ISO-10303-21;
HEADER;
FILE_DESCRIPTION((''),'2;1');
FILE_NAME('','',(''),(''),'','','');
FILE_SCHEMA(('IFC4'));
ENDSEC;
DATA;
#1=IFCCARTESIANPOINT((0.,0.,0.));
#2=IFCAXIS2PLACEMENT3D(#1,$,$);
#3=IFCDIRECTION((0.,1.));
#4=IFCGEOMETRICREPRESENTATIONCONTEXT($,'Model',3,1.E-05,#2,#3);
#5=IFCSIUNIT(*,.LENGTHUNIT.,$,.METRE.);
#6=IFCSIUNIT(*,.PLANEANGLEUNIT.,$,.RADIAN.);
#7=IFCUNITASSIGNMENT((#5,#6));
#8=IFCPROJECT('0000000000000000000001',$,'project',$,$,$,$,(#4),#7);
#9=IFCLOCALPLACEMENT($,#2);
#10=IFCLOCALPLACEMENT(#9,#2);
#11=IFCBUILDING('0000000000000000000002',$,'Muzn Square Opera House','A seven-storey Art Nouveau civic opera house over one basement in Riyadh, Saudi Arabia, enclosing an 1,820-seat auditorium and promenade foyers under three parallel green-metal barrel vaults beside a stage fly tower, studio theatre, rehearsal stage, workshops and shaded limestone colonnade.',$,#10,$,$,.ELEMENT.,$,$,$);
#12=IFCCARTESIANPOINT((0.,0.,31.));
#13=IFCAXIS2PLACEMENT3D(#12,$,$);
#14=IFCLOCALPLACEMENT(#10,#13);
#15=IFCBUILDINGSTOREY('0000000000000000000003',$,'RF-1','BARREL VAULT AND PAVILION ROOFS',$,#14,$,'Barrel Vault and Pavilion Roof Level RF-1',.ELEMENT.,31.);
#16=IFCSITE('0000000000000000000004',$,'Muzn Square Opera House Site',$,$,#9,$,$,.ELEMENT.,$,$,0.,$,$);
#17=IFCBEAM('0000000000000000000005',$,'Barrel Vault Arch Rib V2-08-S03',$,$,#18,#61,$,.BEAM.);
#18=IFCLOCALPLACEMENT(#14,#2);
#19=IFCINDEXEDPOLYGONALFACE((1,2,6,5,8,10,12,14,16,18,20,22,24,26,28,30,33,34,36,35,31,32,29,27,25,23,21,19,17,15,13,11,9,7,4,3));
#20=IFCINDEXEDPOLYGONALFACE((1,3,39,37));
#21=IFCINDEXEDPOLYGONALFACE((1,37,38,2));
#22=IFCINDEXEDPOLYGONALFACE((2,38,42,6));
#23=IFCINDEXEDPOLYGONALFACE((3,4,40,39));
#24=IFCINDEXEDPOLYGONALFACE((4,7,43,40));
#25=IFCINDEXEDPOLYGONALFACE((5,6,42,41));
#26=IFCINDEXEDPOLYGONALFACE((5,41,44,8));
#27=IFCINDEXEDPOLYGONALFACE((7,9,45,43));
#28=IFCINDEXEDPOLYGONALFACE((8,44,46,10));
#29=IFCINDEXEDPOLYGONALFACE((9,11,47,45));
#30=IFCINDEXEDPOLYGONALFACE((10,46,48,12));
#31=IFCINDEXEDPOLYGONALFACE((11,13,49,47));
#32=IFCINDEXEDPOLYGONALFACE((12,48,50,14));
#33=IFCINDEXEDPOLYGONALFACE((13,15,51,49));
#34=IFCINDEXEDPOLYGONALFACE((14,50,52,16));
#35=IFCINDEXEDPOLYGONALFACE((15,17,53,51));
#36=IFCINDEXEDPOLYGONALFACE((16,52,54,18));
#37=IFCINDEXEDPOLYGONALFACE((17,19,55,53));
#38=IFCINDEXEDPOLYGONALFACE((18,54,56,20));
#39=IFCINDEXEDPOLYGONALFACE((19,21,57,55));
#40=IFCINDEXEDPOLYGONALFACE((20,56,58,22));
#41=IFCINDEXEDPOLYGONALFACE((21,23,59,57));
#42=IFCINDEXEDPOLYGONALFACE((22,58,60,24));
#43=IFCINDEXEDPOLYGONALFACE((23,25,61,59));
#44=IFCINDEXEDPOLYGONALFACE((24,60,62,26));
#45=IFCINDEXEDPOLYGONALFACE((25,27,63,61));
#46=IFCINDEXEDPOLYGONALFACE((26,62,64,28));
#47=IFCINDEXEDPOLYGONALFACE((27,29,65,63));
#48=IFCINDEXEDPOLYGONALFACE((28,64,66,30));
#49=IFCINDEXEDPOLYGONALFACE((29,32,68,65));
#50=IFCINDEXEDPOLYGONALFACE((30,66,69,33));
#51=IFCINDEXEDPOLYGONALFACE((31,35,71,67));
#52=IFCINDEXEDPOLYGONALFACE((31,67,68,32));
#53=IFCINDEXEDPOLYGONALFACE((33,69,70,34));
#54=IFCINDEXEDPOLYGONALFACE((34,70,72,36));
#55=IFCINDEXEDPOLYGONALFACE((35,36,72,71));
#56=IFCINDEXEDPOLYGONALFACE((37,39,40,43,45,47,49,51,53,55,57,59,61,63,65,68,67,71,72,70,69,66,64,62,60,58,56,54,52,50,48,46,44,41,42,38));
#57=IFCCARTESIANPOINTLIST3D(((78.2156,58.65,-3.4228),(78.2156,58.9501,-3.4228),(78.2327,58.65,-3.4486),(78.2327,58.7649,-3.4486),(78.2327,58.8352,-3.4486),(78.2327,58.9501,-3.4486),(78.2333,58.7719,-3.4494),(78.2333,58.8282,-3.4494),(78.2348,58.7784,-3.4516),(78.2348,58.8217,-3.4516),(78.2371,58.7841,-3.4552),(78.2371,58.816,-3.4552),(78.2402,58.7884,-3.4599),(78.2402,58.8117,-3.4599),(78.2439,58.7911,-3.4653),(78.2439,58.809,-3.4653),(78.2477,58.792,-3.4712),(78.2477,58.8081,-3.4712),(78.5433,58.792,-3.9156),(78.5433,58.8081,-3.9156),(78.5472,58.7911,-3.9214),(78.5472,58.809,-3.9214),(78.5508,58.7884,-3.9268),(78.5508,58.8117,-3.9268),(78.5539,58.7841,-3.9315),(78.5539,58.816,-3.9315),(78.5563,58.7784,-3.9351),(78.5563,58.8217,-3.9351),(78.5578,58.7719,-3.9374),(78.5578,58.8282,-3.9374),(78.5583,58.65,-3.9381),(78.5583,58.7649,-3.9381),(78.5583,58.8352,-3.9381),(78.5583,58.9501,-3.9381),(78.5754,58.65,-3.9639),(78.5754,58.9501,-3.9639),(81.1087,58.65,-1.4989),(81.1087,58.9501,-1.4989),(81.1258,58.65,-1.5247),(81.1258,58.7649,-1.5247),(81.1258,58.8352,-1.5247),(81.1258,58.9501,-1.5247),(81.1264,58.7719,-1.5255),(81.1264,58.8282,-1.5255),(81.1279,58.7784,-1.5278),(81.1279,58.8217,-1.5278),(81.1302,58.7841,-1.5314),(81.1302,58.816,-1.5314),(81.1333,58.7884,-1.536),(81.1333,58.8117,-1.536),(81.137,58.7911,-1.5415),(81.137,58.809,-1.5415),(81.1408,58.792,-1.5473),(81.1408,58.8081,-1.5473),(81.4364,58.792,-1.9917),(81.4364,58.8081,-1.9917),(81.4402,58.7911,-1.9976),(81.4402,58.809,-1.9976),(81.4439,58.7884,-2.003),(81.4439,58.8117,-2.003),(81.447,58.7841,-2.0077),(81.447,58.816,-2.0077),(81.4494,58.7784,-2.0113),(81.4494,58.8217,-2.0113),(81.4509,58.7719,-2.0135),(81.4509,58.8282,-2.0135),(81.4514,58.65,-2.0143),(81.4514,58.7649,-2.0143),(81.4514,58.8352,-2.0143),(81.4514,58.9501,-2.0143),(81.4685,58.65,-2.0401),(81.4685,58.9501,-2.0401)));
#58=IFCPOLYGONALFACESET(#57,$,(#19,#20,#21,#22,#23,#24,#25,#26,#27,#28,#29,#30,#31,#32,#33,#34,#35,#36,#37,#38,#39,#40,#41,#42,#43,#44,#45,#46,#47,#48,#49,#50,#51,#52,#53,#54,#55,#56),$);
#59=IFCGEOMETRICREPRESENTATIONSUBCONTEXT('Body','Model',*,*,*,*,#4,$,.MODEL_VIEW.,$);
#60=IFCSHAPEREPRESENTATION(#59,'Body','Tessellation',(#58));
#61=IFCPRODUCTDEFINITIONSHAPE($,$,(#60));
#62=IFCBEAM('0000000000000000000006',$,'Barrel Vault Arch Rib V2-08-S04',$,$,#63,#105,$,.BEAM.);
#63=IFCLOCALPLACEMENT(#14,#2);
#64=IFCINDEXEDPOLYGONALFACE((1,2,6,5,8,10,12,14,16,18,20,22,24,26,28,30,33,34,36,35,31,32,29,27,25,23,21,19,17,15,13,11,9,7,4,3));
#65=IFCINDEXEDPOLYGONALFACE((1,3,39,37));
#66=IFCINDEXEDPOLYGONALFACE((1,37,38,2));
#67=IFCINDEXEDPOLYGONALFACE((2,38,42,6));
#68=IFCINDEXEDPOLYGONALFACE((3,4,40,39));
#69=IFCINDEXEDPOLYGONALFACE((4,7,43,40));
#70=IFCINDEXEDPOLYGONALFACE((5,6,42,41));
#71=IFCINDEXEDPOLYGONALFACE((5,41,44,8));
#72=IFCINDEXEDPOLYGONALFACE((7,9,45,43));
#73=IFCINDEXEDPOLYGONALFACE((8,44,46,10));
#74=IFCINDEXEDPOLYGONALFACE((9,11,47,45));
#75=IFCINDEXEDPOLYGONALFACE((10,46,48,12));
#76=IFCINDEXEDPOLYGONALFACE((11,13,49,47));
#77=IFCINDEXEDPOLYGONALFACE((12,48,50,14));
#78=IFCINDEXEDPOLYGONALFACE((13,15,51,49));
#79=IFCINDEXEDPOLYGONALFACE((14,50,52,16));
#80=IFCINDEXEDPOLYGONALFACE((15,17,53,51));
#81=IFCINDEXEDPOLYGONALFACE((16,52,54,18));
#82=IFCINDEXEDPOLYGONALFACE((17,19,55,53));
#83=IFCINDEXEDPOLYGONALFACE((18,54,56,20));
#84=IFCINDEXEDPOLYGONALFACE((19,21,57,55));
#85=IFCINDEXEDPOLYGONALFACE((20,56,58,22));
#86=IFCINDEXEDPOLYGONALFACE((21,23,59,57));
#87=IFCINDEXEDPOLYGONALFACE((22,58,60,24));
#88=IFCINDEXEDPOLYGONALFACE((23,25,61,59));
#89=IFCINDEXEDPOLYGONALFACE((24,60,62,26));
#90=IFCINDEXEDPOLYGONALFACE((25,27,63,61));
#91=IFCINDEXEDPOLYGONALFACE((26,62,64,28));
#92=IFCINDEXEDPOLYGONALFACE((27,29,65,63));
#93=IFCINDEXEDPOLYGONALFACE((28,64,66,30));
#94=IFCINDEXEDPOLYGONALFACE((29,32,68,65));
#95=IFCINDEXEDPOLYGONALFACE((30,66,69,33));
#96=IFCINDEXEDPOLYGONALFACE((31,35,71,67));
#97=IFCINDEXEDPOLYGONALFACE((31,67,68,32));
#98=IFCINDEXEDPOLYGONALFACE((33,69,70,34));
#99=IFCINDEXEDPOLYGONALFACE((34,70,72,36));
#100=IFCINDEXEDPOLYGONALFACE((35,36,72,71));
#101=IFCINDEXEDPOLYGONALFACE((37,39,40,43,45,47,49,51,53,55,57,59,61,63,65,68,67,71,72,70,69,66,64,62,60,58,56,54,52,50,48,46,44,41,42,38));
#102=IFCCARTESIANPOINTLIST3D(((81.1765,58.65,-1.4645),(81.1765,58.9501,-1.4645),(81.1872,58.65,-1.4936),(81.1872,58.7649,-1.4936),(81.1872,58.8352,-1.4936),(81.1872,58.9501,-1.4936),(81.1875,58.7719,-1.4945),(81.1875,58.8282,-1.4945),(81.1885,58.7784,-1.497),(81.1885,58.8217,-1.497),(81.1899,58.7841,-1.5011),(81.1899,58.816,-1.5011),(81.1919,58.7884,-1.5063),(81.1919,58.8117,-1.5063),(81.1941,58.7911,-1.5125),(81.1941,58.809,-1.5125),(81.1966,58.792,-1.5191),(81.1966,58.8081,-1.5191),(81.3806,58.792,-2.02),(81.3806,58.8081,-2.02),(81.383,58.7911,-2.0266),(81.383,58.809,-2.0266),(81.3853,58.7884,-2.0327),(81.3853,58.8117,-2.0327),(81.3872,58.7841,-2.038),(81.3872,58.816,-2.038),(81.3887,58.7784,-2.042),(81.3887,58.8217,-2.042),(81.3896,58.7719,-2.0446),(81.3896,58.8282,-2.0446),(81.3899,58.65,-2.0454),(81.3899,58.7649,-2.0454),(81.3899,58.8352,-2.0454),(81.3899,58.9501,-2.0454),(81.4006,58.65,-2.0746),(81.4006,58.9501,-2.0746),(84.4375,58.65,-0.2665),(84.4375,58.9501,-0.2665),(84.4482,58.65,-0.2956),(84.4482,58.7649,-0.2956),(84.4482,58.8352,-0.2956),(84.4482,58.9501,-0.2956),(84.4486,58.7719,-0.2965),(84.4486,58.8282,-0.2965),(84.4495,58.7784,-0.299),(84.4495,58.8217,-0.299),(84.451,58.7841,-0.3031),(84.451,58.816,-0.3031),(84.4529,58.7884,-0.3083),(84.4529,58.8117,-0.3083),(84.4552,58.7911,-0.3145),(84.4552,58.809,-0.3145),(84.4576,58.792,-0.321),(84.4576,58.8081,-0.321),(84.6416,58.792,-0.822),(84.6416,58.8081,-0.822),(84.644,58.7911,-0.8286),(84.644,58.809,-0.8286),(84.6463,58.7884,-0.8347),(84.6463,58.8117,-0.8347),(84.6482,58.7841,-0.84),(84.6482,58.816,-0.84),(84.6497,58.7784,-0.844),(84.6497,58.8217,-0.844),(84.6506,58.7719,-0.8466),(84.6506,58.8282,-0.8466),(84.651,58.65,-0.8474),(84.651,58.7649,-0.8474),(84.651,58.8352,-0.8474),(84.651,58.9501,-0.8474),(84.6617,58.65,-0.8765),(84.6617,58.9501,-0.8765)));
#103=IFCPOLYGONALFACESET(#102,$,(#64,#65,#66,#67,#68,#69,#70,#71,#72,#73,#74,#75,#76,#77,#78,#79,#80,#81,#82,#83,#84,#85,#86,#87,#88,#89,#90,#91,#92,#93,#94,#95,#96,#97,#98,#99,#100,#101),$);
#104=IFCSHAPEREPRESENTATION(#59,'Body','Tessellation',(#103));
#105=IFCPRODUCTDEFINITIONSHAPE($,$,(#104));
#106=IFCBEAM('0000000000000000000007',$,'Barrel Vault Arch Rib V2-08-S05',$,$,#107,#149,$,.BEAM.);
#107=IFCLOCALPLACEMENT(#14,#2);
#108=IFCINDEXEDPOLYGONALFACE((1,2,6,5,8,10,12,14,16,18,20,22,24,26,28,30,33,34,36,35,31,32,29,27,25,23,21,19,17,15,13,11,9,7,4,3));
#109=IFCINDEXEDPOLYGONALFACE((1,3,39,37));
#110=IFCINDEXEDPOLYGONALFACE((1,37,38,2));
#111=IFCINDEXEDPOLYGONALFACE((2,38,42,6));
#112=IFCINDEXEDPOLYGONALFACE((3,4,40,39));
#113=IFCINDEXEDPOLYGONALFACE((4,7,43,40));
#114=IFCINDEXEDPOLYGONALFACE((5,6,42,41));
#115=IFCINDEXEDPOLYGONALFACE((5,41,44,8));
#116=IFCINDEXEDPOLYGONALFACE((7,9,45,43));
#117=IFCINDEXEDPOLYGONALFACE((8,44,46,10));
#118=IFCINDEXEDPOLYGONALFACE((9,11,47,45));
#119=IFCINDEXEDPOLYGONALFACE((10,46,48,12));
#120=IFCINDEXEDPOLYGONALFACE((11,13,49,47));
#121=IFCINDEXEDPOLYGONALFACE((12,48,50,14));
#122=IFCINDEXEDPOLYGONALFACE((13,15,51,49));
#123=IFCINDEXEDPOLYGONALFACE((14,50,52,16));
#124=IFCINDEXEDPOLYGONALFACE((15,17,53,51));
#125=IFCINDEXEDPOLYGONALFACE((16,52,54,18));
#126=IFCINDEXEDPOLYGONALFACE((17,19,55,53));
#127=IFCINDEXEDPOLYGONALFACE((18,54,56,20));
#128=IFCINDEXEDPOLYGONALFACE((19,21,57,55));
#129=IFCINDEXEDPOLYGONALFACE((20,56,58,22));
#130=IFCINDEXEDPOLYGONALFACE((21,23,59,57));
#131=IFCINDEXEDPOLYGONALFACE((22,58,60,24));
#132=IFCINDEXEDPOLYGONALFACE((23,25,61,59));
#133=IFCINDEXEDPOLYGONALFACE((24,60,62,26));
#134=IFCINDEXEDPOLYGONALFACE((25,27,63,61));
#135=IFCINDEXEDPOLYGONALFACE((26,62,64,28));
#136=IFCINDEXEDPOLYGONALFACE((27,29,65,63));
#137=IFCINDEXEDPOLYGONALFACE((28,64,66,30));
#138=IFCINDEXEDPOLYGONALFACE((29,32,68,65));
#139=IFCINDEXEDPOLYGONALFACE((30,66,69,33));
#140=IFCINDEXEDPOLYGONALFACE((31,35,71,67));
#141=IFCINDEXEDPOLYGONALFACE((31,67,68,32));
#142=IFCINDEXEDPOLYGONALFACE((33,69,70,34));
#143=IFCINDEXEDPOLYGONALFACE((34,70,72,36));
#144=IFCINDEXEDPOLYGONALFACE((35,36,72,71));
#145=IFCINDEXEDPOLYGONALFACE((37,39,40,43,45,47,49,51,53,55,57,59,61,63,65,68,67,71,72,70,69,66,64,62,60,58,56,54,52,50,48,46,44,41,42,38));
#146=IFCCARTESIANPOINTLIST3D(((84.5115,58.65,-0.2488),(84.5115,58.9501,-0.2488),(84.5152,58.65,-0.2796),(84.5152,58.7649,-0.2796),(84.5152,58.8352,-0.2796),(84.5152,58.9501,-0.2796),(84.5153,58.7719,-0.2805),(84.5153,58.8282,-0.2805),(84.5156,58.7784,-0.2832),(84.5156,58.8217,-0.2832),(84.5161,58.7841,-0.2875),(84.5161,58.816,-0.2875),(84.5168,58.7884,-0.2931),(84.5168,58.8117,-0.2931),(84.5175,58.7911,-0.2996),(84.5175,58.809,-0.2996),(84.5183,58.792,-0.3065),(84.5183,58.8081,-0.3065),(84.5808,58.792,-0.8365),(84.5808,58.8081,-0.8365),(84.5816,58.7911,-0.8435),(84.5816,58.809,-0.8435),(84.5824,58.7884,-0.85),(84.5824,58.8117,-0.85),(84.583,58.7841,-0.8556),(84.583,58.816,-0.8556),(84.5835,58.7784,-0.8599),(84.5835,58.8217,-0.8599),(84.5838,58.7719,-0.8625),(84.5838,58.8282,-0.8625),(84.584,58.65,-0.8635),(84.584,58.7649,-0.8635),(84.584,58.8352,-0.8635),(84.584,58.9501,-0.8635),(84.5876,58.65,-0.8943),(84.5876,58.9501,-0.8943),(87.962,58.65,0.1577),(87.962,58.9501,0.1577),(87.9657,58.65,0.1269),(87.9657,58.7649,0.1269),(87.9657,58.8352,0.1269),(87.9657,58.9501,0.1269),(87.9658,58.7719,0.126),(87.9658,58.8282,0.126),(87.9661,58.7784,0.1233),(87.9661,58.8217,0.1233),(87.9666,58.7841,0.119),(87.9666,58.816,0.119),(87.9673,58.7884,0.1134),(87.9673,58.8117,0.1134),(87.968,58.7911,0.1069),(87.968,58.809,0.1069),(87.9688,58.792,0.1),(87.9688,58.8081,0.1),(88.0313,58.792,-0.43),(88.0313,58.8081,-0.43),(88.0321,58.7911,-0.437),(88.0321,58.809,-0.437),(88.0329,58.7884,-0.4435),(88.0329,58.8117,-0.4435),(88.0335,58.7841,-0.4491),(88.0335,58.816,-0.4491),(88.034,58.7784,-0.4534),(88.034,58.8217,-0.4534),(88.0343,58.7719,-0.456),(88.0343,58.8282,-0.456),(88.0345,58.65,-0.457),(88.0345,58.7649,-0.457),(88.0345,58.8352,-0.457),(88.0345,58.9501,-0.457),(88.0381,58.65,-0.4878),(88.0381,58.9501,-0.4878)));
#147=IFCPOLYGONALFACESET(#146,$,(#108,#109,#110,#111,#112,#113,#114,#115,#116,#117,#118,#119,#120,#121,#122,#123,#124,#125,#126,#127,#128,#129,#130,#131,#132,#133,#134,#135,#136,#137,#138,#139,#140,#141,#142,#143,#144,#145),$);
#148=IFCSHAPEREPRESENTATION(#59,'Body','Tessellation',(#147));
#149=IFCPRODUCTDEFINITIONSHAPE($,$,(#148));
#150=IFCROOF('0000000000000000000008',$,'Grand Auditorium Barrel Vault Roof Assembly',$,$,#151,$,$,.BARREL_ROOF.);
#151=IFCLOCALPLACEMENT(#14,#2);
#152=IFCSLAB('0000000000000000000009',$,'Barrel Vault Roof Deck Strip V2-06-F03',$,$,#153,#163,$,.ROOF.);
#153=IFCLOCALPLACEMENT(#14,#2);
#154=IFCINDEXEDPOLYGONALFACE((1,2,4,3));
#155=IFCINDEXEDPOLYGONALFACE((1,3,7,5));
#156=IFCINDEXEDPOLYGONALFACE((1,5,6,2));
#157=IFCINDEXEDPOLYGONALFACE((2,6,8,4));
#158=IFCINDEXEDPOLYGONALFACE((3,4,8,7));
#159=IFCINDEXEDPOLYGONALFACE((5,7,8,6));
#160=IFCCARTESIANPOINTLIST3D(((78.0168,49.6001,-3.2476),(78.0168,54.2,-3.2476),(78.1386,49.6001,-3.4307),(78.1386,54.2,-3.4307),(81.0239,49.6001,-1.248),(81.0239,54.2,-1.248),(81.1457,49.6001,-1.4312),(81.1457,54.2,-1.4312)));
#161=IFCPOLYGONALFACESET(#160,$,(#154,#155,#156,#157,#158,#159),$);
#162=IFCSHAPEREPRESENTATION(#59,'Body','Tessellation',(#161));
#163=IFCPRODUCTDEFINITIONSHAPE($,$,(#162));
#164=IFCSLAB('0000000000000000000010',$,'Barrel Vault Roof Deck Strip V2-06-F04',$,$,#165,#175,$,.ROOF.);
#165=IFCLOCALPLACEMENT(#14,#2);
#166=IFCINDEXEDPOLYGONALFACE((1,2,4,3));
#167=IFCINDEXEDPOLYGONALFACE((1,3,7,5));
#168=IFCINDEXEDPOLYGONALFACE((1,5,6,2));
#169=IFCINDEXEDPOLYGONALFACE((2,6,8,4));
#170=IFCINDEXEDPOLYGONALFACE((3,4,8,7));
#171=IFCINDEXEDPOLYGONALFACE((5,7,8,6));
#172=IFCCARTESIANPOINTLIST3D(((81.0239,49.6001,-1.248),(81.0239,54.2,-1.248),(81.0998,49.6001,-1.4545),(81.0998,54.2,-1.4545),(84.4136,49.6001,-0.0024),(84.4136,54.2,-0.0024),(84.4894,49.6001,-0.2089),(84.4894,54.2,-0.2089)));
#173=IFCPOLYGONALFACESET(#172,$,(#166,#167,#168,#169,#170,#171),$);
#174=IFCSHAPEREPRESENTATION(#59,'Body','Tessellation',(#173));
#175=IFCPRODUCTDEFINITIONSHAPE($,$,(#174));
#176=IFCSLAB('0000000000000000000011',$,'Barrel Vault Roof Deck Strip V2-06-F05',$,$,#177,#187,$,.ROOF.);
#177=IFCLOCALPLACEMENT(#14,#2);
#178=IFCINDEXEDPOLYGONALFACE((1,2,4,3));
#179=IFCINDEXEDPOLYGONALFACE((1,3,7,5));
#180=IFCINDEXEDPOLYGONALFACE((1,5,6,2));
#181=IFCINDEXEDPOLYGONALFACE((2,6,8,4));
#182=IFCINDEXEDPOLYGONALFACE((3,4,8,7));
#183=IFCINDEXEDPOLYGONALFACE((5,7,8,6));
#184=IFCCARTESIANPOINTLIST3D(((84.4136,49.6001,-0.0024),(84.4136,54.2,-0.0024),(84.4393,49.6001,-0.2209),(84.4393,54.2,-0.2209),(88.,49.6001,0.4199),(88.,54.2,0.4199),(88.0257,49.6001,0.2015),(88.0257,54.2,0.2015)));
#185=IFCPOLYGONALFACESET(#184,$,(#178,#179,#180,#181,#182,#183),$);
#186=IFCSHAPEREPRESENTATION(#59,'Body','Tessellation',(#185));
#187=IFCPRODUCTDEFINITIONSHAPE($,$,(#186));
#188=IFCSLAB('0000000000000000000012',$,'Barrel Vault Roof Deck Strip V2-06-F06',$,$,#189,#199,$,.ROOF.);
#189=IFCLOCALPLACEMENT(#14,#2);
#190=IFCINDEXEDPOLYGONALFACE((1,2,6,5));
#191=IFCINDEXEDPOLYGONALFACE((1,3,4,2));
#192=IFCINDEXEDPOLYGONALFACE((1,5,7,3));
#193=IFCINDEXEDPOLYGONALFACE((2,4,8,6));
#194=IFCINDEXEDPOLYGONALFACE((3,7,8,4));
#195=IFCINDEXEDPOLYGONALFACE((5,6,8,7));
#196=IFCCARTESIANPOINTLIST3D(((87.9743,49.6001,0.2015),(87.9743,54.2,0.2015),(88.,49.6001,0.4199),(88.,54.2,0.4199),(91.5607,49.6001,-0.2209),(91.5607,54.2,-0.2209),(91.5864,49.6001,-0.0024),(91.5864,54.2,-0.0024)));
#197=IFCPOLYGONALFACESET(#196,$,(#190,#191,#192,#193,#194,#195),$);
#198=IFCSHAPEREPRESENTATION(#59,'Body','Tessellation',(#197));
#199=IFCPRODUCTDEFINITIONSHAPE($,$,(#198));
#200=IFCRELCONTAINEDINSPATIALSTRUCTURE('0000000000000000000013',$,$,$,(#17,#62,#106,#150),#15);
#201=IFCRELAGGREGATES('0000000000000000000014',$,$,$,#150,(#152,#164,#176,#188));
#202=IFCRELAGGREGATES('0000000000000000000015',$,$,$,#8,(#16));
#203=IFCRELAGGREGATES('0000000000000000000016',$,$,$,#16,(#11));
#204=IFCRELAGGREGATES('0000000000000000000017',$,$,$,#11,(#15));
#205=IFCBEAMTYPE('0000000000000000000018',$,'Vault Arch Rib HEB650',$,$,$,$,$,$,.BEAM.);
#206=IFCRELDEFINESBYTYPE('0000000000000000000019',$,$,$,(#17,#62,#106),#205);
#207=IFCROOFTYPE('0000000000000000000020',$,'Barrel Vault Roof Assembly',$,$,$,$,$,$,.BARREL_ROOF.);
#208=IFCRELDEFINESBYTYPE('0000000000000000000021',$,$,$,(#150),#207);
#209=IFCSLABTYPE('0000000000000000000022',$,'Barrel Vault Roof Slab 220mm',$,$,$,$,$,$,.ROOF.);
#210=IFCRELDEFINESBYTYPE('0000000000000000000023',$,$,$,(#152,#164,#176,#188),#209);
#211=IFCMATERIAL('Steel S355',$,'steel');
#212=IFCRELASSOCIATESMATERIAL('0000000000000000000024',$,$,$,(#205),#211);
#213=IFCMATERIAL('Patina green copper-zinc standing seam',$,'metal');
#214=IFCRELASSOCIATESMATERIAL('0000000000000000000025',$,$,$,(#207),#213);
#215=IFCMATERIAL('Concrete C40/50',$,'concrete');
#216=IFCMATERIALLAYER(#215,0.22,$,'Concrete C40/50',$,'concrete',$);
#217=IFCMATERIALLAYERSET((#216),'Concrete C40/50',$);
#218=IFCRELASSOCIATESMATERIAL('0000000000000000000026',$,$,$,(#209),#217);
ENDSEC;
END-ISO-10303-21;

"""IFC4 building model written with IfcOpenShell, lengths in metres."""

from ifc_helpers import new_model, si_unit, direction, frame, origin, origin_2d, place, context, subcontext, project, spatial, polyline, i_section, outline, extrude, material, layer, layer_set, material_profile, profile_set, type_object, element, aggregate, save


model = new_model("IFC4")

# Units and contexts
model_context = context("Model", 3, precision=1e-05, world=origin(), true_north=direction((0.0, 1.0)))
body_context = subcontext(model_context, "Body", "Model", "MODEL_VIEW")
ifc_project = project(units=[si_unit("LENGTHUNIT", "METRE"), si_unit("PLANEANGLEUNIT", "RADIAN")], contexts=[model_context])

# Site, building, storey
site_placement = place(None, origin())
site = spatial("IfcSite", under=ifc_project, at=site_placement, Name="Muzn Square Opera House Site", CompositionType="ELEMENT", RefElevation=0.0)
building_placement = place(site_placement, origin())
building = spatial("IfcBuilding", under=site, at=building_placement, Name="Muzn Square Opera House", Description="A seven-storey Art Nouveau civic opera house over one basement in Riyadh, Saudi Arabia, enclosing an 1,820-seat auditorium and promenade foyers under three parallel green-metal barrel vaults beside a stage fly tower, studio theatre, rehearsal stage, workshops and shaded limestone colonnade.", CompositionType="ELEMENT")
storey_placement = place(building_placement, frame((0.0, 0.0, 31.0)))
storey = spatial("IfcBuildingStorey", under=building, at=storey_placement, Name="RF-1", Description="BARREL VAULT AND PAVILION ROOFS", LongName="Barrel Vault and Pavilion Roof Level RF-1", CompositionType="ELEMENT", Elevation=31.0)

# Beams
ifc_material_1 = material(Name="Steel S355", Category="steel")
ifc_material_profile_1 = material_profile(ifc_material_1, i_section(OverallWidth=0.3, OverallDepth=0.6499, WebThickness=0.0161, FlangeThickness=0.031, FilletRadius=0.0271, at=origin_2d()), Name="HEB 650", Category="steel")
ifc_profile_set_1 = profile_set([ifc_material_profile_1], Name="Steel S355")
beam_type_1 = type_object("IfcBeamType", Name="Vault Arch Rib HEB650", PredefinedType="BEAM", material=ifc_profile_set_1)
for number, where, z_axis, x_axis, name in (
    (1, (78.3955, 58.8, -3.6934), (0.832698, 0.0, 0.553727), (0.0, 1.0, 0.0), "Barrel Vault Arch Rib V2-08-S03"),
):
    element("IfcBeam", number, at=place(storey_placement, frame(where, z_axis=z_axis, x_axis=x_axis)), inside=storey, type_object=beam_type_1, Name=name, PredefinedType="BEAM", context=body_context, shape_type="SweptSolid", body=[
        extrude(i_section(OverallWidth=0.3, OverallDepth=0.6499, WebThickness=0.0161, FlangeThickness=0.031, FilletRadius=0.0271, at=origin_2d()), origin(), (0.0, 0.0, 1.0), 3.4744),
    ])
beam_1_placement = place(storey_placement, frame((81.2886, 58.8, -1.7695), z_axis=(0.938662, 0.0, 0.344839), x_axis=(0.0, 1.0, 0.0)))
element("IfcBeam", 2, at=beam_1_placement, inside=storey, type_object=beam_type_1, Name="Barrel Vault Arch Rib V2-08-S04", PredefinedType="BEAM", context=body_context, shape_type="SweptSolid", body=[
    extrude(i_section(OverallWidth=0.3, OverallDepth=0.6499, WebThickness=0.0161, FlangeThickness=0.031, FilletRadius=0.0271, at=origin_2d()), origin(), (0.0, 0.0, 1.0), 3.4741),
])
beam_2_placement = place(storey_placement, frame((84.5496, 58.8, -0.5715), z_axis=(0.993132, 0.0, 0.117), x_axis=(0.0, 1.0, 0.0)))
element("IfcBeam", 3, at=beam_2_placement, inside=storey, type_object=beam_type_1, Name="Barrel Vault Arch Rib V2-08-S05", PredefinedType="BEAM", context=body_context, shape_type="SweptSolid", body=[
    extrude(i_section(OverallWidth=0.3, OverallDepth=0.6499, WebThickness=0.0161, FlangeThickness=0.031, FilletRadius=0.0271, at=origin_2d()), origin(), (0.0, 0.0, 1.0), 3.4744),
])

# Roof, slabs
ifc_material_2 = material(Name="Patina green copper-zinc standing seam", Category="metal")
roof_type = type_object("IfcRoofType", Name="Barrel Vault Roof Assembly", PredefinedType="BARREL_ROOF", material=ifc_material_2)
roof_placement = place(storey_placement, origin())
roof = element("IfcRoof", 4, at=roof_placement, inside=storey, type_object=roof_type, Name="Grand Auditorium Barrel Vault Roof Assembly", PredefinedType="BARREL_ROOF")
ifc_material_3 = material(Name="Concrete C40/50", Category="concrete")
ifc_layer_1 = layer(ifc_material_3, 0.22, Name="Concrete C40/50", Category="concrete")
ifc_layer_set_1 = layer_set([ifc_layer_1], Name="Concrete C40/50")
slab_type = type_object("IfcSlabType", Name="Barrel Vault Roof Slab 220mm", PredefinedType="ROOF", material=ifc_layer_set_1)
slab_1_placement = place(storey_placement, frame((81.0239, 49.6001, -1.248), z_axis=(-0.553701, 0.0, 0.832715), x_axis=(0.0, 1.0, 0.0)))
slab_1 = element("IfcSlab", 5, at=slab_1_placement, type_object=slab_type, Name="Barrel Vault Roof Deck Strip V2-06-F03", PredefinedType="ROOF", context=body_context, shape_type="SweptSolid", body=[
    extrude(outline(polyline([(0.0, 3.6112), (0.0, 0.0), (4.5999, 0.0), (4.5999, 3.6112), (0.0, 3.6112)])), origin(), (0.0, 0.0, -1.0), 0.22),
])
slab_2_placement = place(storey_placement, frame((84.4136, 49.6001, -0.0024), z_axis=(-0.344922, 0.0, 0.938631), x_axis=(0.0, 1.0, 0.0)))
slab_2 = element("IfcSlab", 6, at=slab_2_placement, type_object=slab_type, Name="Barrel Vault Roof Deck Strip V2-06-F04", PredefinedType="ROOF", context=body_context, shape_type="SweptSolid", body=[
    extrude(outline(polyline([(0.0, 3.6113), (0.0, 0.0), (4.5999, 0.0), (4.5999, 3.6113), (0.0, 3.6113)])), origin(), (0.0, 0.0, -1.0), 0.22),
])
slab_3_placement = place(storey_placement, frame((88.0, 49.6001, 0.4199), z_axis=(-0.116959, 0.0, 0.993137), x_axis=(0.0, 1.0, 0.0)))
slab_3 = element("IfcSlab", 7, at=slab_3_placement, type_object=slab_type, Name="Barrel Vault Roof Deck Strip V2-06-F05", PredefinedType="ROOF", context=body_context, shape_type="SweptSolid", body=[
    extrude(outline(polyline([(0.0, 3.6112), (0.0, 0.0), (4.5999, 0.0), (4.5999, 3.6112), (0.0, 3.6112)])), origin(), (0.0, 0.0, -1.0), 0.22),
])
slab_4_placement = place(storey_placement, frame((88.0, 49.6001, 0.4199), z_axis=(0.116959, 0.0, 0.993137), x_axis=(0.993137, 0.0, -0.116959)))
slab_4 = element("IfcSlab", 8, at=slab_4_placement, type_object=slab_type, Name="Barrel Vault Roof Deck Strip V2-06-F06", PredefinedType="ROOF", context=body_context, shape_type="SweptSolid", body=[
    extrude(outline(polyline([(0.0, 0.0), (3.6112, 0.0), (3.6112, 4.5999), (0.0, 4.5999), (0.0, 0.0)])), origin(), (0.0, 0.0, -1.0), 0.22),
])
aggregate(roof, [slab_1, slab_2, slab_3, slab_4])

save(model, "model.ifc")
